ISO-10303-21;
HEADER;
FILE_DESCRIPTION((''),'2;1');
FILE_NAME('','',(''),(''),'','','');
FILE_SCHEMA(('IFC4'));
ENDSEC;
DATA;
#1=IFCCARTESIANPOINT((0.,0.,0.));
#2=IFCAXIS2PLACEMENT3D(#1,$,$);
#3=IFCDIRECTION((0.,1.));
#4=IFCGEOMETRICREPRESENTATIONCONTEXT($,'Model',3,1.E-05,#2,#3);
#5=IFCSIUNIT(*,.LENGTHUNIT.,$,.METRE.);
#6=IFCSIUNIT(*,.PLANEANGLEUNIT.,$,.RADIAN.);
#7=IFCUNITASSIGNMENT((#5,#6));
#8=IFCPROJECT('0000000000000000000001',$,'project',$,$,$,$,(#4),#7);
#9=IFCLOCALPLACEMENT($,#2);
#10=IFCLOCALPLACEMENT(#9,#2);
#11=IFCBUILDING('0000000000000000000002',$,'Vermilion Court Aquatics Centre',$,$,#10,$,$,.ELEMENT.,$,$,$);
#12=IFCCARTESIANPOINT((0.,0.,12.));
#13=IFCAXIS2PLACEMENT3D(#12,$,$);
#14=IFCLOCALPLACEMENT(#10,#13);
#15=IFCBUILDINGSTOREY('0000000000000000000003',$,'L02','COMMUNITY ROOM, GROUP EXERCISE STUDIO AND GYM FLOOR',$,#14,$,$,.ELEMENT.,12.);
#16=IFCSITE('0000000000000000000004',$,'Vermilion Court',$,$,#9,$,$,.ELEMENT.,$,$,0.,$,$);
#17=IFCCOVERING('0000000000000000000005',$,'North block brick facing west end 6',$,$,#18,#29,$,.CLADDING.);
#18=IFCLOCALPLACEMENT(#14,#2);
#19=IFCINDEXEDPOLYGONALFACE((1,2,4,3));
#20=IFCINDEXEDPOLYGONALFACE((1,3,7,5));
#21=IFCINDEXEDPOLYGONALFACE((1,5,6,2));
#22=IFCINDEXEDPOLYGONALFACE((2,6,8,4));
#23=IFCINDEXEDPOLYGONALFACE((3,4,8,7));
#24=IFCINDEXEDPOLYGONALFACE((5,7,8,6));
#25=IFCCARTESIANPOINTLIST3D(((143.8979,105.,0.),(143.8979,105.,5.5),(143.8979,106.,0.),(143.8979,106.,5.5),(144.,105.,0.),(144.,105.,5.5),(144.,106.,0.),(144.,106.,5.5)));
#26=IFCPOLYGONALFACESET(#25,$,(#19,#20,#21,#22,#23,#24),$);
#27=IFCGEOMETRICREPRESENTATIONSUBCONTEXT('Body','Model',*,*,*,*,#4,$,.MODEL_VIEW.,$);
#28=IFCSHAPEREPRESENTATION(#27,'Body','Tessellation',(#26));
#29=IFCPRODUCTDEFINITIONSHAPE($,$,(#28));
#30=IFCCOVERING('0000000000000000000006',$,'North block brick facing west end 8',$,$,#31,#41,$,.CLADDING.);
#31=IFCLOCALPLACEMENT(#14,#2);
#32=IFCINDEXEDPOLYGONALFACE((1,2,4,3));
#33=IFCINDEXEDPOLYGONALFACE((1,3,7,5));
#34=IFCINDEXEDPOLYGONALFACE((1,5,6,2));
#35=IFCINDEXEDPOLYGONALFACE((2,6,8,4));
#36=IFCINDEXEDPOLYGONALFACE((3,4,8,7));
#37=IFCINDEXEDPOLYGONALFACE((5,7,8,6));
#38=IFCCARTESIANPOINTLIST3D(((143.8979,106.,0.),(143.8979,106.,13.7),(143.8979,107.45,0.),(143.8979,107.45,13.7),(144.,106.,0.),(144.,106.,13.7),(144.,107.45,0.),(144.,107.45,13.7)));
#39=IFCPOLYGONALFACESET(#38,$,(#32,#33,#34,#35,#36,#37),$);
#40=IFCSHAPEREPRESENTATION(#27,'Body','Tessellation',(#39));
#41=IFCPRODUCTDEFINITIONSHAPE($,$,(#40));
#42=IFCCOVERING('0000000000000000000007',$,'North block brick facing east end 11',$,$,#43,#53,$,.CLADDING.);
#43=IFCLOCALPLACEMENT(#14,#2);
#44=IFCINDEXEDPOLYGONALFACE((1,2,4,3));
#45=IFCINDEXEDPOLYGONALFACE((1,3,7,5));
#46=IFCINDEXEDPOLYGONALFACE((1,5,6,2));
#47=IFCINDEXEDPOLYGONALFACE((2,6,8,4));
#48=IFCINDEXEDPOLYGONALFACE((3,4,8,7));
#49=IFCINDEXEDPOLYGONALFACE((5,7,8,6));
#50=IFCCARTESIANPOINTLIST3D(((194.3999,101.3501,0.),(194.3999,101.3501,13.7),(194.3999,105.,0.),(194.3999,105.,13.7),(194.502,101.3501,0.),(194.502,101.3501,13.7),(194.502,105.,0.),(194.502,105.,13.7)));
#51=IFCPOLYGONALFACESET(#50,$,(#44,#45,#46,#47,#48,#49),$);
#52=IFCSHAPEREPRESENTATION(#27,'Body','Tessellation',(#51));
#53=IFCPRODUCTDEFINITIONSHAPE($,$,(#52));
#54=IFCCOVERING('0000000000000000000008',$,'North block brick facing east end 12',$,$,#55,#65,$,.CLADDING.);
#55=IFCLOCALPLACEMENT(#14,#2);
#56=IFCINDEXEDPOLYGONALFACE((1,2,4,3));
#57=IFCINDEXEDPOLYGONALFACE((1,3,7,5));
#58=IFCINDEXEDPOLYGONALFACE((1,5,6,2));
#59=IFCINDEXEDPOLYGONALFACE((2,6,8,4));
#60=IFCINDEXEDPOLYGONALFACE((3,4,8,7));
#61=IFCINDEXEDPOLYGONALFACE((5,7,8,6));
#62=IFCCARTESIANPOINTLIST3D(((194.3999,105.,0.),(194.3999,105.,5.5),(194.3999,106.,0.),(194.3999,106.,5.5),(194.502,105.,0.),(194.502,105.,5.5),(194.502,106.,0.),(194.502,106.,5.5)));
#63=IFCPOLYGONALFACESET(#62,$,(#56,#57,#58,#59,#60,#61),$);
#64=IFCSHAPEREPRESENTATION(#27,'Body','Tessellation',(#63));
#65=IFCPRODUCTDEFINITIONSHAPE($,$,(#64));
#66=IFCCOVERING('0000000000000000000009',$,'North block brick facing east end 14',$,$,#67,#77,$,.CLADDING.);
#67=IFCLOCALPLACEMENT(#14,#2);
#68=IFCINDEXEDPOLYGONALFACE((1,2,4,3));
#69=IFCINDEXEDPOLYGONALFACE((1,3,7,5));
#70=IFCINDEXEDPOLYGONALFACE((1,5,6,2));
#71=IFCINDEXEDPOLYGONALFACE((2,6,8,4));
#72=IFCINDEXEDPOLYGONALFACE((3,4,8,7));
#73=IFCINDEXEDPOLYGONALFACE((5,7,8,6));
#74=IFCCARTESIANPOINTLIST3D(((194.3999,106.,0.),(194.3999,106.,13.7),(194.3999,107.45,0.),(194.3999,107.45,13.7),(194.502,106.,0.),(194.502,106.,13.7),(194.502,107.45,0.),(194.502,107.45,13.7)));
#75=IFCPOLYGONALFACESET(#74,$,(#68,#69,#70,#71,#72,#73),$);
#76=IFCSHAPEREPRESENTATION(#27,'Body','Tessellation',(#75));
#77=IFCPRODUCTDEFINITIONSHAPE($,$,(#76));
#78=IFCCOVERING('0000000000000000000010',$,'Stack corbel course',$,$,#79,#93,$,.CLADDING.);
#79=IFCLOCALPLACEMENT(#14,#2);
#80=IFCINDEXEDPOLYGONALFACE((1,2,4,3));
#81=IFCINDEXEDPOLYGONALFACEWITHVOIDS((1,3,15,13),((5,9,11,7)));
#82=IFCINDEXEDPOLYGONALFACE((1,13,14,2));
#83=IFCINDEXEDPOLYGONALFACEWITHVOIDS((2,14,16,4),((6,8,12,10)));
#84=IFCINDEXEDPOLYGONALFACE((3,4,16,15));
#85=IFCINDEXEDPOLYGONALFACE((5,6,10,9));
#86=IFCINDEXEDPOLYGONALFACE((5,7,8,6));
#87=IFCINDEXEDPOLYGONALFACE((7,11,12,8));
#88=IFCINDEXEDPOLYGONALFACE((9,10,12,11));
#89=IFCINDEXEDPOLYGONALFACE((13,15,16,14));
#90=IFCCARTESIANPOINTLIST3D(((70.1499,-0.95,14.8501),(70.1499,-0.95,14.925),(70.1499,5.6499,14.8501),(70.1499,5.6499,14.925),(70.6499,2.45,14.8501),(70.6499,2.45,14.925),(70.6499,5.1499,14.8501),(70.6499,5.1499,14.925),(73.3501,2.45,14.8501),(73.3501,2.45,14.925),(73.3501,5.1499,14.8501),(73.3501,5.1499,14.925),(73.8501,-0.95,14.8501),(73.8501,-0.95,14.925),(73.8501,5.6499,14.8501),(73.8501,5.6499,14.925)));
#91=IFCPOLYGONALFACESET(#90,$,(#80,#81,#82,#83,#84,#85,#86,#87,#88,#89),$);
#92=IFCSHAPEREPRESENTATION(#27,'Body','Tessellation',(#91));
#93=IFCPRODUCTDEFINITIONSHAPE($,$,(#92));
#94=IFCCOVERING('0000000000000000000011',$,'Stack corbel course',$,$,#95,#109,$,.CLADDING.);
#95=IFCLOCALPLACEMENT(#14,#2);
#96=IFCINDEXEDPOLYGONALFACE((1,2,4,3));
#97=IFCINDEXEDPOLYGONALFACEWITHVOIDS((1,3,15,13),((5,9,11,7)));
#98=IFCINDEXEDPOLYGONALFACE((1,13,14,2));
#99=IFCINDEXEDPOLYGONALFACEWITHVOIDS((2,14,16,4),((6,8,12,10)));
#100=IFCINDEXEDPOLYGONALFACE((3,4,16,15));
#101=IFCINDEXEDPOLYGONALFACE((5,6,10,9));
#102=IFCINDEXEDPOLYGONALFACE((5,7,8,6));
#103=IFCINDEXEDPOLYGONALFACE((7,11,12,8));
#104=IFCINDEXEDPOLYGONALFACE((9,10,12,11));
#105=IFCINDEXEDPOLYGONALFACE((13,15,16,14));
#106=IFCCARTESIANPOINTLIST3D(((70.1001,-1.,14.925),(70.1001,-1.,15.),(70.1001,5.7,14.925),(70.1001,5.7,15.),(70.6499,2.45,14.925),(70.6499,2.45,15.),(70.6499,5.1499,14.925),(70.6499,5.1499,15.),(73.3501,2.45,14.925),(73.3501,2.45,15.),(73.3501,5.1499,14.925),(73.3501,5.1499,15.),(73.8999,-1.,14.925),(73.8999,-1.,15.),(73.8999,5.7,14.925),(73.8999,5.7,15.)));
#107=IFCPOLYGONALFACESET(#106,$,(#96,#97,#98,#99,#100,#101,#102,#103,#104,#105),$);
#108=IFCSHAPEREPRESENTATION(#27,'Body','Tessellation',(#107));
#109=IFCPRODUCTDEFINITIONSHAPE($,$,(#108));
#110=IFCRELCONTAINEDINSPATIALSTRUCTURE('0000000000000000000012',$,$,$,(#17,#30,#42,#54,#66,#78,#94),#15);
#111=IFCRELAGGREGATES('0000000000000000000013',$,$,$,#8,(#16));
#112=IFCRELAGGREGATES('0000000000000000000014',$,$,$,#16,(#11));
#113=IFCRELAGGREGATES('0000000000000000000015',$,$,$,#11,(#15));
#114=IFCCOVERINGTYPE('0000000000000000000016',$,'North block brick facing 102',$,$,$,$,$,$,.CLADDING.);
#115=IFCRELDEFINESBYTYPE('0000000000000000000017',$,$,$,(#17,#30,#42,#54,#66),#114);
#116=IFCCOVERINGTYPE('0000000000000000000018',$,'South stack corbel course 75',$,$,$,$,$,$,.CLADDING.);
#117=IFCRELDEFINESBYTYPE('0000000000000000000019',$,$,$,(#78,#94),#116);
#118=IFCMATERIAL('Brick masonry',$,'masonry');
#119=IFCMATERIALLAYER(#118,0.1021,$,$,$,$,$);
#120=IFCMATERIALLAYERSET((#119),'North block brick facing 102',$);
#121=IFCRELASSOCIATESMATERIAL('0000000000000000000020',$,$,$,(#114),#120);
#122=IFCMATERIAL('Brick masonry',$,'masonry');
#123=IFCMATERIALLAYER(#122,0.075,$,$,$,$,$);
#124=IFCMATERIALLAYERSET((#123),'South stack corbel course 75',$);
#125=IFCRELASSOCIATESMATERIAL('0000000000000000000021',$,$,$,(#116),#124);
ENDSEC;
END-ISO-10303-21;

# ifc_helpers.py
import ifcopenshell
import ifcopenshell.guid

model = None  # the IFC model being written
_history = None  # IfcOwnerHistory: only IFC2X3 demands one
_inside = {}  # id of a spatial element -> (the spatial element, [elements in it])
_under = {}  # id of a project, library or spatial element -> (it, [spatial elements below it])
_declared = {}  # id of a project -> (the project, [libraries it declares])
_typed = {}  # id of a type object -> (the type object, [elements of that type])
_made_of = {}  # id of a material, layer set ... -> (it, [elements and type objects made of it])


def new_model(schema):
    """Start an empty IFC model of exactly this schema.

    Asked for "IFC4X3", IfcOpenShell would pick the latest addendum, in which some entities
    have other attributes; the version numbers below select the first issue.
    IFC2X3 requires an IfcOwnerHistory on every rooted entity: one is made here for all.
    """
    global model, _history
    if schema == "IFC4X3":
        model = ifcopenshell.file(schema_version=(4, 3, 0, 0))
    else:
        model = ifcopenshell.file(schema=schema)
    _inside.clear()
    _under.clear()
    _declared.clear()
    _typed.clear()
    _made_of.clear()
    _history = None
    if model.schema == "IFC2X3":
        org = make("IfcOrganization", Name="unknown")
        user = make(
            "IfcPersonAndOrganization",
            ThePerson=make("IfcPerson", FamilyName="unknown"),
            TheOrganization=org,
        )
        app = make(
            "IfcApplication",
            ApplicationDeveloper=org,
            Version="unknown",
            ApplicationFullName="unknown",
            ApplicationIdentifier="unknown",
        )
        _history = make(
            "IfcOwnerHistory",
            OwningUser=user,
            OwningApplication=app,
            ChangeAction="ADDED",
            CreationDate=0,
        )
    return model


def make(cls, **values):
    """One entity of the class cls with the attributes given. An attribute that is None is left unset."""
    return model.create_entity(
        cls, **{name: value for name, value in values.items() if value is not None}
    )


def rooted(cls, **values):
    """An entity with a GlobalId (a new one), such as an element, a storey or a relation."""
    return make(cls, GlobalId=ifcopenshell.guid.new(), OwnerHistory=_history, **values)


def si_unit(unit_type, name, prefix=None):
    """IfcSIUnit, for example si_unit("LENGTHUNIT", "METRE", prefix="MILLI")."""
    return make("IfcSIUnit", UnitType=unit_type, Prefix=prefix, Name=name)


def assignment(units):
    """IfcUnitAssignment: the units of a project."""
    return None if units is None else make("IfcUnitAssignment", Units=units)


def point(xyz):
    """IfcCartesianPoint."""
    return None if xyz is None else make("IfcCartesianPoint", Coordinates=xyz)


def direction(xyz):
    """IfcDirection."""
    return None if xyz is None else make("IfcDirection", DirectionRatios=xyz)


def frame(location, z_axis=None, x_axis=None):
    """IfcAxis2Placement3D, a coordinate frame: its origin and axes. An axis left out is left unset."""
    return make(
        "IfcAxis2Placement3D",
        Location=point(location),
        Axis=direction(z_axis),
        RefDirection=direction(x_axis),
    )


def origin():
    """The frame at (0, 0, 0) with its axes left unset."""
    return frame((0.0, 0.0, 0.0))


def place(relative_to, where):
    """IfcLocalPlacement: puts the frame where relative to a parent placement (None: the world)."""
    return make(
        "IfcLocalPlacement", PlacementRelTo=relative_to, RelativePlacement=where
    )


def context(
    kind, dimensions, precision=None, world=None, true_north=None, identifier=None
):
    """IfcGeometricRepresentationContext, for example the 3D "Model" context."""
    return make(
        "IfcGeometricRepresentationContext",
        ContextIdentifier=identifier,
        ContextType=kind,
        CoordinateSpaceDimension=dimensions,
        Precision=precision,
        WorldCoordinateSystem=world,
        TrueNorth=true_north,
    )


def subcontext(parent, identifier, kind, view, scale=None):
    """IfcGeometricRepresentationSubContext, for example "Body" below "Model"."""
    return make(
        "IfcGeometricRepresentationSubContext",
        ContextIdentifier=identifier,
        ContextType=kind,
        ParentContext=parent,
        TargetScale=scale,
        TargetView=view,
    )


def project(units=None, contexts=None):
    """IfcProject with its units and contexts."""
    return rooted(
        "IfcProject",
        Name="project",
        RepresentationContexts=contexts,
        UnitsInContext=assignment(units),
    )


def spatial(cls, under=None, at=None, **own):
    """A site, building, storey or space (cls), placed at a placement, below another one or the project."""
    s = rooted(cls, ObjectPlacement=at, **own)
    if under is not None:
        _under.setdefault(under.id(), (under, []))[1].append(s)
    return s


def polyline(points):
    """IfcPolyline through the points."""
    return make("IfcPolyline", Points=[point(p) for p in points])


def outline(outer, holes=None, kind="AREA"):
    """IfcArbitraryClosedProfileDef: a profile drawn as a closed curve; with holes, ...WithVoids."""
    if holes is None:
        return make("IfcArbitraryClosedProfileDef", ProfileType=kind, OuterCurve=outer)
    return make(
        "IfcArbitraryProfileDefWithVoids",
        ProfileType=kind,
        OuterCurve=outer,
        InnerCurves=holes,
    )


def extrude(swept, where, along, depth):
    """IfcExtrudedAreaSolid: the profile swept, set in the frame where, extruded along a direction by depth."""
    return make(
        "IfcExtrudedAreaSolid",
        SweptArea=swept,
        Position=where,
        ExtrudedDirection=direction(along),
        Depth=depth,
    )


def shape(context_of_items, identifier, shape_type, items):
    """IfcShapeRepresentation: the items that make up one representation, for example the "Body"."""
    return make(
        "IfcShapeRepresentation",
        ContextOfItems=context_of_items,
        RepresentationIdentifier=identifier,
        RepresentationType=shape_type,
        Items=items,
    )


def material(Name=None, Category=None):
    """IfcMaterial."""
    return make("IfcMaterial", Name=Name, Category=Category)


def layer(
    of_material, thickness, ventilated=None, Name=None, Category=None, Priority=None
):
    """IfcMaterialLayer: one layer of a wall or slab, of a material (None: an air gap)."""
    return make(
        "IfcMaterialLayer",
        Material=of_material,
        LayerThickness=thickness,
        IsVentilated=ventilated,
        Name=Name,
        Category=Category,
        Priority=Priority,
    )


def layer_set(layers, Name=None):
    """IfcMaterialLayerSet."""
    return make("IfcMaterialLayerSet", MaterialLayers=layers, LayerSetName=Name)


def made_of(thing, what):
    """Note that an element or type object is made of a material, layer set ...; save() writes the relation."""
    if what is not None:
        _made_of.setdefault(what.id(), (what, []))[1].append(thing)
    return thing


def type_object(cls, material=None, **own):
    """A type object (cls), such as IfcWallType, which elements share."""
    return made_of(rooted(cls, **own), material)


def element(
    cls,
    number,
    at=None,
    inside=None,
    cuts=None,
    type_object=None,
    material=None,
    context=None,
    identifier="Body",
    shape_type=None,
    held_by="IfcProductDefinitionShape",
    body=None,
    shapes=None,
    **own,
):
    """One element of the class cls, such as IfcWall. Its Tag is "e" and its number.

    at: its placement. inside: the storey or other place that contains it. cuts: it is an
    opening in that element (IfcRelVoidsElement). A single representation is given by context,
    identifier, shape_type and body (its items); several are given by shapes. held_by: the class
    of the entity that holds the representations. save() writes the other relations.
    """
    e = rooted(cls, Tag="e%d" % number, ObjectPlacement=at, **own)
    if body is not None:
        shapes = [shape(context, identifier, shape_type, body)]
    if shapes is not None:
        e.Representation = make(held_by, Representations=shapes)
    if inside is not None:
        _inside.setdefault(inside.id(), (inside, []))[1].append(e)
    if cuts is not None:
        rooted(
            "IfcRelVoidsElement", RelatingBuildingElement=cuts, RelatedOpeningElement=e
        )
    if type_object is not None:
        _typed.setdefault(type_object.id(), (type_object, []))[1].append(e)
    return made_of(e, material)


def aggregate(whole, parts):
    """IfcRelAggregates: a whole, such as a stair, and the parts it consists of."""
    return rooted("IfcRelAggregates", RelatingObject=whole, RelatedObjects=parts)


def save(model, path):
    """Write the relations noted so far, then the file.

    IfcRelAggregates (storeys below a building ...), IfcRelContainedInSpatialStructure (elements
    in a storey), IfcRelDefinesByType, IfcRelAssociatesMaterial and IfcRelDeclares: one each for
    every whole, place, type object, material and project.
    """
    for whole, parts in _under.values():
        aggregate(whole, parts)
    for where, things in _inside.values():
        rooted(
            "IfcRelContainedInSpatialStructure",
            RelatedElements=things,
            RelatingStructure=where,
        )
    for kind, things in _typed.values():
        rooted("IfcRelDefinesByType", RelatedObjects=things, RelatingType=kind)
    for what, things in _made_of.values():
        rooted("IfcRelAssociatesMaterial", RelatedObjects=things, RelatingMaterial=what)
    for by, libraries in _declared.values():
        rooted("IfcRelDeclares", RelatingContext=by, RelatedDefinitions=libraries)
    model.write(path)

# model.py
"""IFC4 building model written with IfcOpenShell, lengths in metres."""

from ifc_helpers import new_model, si_unit, direction, frame, origin, place, context, subcontext, project, spatial, polyline, outline, extrude, material, layer, layer_set, type_object, element, save


model = new_model("IFC4")

# Units and contexts
model_context = context("Model", 3, precision=1e-05, world=origin(), true_north=direction((0.0, 1.0)))
body_context = subcontext(model_context, "Body", "Model", "MODEL_VIEW")
ifc_project = project(units=[si_unit("LENGTHUNIT", "METRE"), si_unit("PLANEANGLEUNIT", "RADIAN")], contexts=[model_context])

# Site, building, storey
site_placement = place(None, origin())
site = spatial("IfcSite", under=ifc_project, at=site_placement, Name="Vermilion Court", CompositionType="ELEMENT", RefElevation=0.0)
building_placement = place(site_placement, origin())
building = spatial("IfcBuilding", under=site, at=building_placement, Name="Vermilion Court Aquatics Centre", CompositionType="ELEMENT")
storey_placement = place(building_placement, frame((0.0, 0.0, 12.0)))
storey = spatial("IfcBuildingStorey", under=building, at=storey_placement, Name="L02", Description="COMMUNITY ROOM, GROUP EXERCISE STUDIO AND GYM FLOOR", CompositionType="ELEMENT", Elevation=12.0)

# Coverings
ifc_material_1 = material(Name="Brick masonry", Category="masonry")
ifc_layer_1 = layer(ifc_material_1, 0.1021)
ifc_layer_set_1 = layer_set([ifc_layer_1], Name="North block brick facing 102")
covering_type_1 = type_object("IfcCoveringType", Name="North block brick facing 102", PredefinedType="CLADDING", material=ifc_layer_set_1)
covering_1_placement = place(storey_placement, origin())
element("IfcCovering", 1, at=covering_1_placement, inside=storey, type_object=covering_type_1, Name="North block brick facing west end 6", PredefinedType="CLADDING", context=body_context, shape_type="SweptSolid", body=[
    extrude(outline(polyline([(143.8979, 105.0), (144.0, 105.0), (144.0, 106.0), (143.8979, 106.0), (143.8979, 105.0)])), origin(), (0.0, 0.0, 1.0), 5.5),
])
covering_2_placement = place(storey_placement, origin())
element("IfcCovering", 2, at=covering_2_placement, inside=storey, type_object=covering_type_1, Name="North block brick facing west end 8", PredefinedType="CLADDING", context=body_context, shape_type="SweptSolid", body=[
    extrude(outline(polyline([(143.8979, 106.0), (144.0, 106.0), (144.0, 107.45), (143.8979, 107.45), (143.8979, 106.0)])), origin(), (0.0, 0.0, 1.0), 13.7),
])
covering_3_placement = place(storey_placement, origin())
element("IfcCovering", 3, at=covering_3_placement, inside=storey, type_object=covering_type_1, Name="North block brick facing east end 11", PredefinedType="CLADDING", context=body_context, shape_type="SweptSolid", body=[
    extrude(outline(polyline([(194.3999, 101.3501), (194.502, 101.3501), (194.502, 105.0), (194.3999, 105.0), (194.3999, 101.3501)])), origin(), (0.0, 0.0, 1.0), 13.7),
])
covering_4_placement = place(storey_placement, origin())
element("IfcCovering", 4, at=covering_4_placement, inside=storey, type_object=covering_type_1, Name="North block brick facing east end 12", PredefinedType="CLADDING", context=body_context, shape_type="SweptSolid", body=[
    extrude(outline(polyline([(194.3999, 105.0), (194.502, 105.0), (194.502, 106.0), (194.3999, 106.0), (194.3999, 105.0)])), origin(), (0.0, 0.0, 1.0), 5.5),
])
covering_5_placement = place(storey_placement, origin())
element("IfcCovering", 5, at=covering_5_placement, inside=storey, type_object=covering_type_1, Name="North block brick facing east end 14", PredefinedType="CLADDING", context=body_context, shape_type="SweptSolid", body=[
    extrude(outline(polyline([(194.3999, 106.0), (194.502, 106.0), (194.502, 107.45), (194.3999, 107.45), (194.3999, 106.0)])), origin(), (0.0, 0.0, 1.0), 13.7),
])
ifc_material_2 = material(Name="Brick masonry", Category="masonry")
ifc_layer_2 = layer(ifc_material_2, 0.075)
ifc_layer_set_2 = layer_set([ifc_layer_2], Name="South stack corbel course 75")
covering_type_2 = type_object("IfcCoveringType", Name="South stack corbel course 75", PredefinedType="CLADDING", material=ifc_layer_set_2)
covering_6_placement = place(storey_placement, frame((0.0, 0.0, 14.8501)))
element("IfcCovering", 6, at=covering_6_placement, inside=storey, type_object=covering_type_2, Name="Stack corbel course", PredefinedType="CLADDING", context=body_context, shape_type="SweptSolid", body=[
    extrude(outline(polyline([(70.1499, -0.95), (73.8501, -0.95), (73.8501, 5.6499), (70.1499, 5.6499), (70.1499, -0.95)]), holes=[polyline([(70.6499, 2.45), (73.3501, 2.45), (73.3501, 5.1499), (70.6499, 5.1499), (70.6499, 2.45)])]), origin(), (0.0, 0.0, 1.0), 0.075),
])
covering_7_placement = place(storey_placement, frame((0.0, 0.0, 14.925)))
element("IfcCovering", 7, at=covering_7_placement, inside=storey, type_object=covering_type_2, Name="Stack corbel course", PredefinedType="CLADDING", context=body_context, shape_type="SweptSolid", body=[
    extrude(outline(polyline([(70.1001, -1.0), (73.8999, -1.0), (73.8999, 5.7), (70.1001, 5.7), (70.1001, -1.0)]), holes=[polyline([(70.6499, 2.45), (73.3501, 2.45), (73.3501, 5.1499), (70.6499, 5.1499), (70.6499, 2.45)])]), origin(), (0.0, 0.0, 1.0), 0.075),
])

save(model, "model.ifc")
